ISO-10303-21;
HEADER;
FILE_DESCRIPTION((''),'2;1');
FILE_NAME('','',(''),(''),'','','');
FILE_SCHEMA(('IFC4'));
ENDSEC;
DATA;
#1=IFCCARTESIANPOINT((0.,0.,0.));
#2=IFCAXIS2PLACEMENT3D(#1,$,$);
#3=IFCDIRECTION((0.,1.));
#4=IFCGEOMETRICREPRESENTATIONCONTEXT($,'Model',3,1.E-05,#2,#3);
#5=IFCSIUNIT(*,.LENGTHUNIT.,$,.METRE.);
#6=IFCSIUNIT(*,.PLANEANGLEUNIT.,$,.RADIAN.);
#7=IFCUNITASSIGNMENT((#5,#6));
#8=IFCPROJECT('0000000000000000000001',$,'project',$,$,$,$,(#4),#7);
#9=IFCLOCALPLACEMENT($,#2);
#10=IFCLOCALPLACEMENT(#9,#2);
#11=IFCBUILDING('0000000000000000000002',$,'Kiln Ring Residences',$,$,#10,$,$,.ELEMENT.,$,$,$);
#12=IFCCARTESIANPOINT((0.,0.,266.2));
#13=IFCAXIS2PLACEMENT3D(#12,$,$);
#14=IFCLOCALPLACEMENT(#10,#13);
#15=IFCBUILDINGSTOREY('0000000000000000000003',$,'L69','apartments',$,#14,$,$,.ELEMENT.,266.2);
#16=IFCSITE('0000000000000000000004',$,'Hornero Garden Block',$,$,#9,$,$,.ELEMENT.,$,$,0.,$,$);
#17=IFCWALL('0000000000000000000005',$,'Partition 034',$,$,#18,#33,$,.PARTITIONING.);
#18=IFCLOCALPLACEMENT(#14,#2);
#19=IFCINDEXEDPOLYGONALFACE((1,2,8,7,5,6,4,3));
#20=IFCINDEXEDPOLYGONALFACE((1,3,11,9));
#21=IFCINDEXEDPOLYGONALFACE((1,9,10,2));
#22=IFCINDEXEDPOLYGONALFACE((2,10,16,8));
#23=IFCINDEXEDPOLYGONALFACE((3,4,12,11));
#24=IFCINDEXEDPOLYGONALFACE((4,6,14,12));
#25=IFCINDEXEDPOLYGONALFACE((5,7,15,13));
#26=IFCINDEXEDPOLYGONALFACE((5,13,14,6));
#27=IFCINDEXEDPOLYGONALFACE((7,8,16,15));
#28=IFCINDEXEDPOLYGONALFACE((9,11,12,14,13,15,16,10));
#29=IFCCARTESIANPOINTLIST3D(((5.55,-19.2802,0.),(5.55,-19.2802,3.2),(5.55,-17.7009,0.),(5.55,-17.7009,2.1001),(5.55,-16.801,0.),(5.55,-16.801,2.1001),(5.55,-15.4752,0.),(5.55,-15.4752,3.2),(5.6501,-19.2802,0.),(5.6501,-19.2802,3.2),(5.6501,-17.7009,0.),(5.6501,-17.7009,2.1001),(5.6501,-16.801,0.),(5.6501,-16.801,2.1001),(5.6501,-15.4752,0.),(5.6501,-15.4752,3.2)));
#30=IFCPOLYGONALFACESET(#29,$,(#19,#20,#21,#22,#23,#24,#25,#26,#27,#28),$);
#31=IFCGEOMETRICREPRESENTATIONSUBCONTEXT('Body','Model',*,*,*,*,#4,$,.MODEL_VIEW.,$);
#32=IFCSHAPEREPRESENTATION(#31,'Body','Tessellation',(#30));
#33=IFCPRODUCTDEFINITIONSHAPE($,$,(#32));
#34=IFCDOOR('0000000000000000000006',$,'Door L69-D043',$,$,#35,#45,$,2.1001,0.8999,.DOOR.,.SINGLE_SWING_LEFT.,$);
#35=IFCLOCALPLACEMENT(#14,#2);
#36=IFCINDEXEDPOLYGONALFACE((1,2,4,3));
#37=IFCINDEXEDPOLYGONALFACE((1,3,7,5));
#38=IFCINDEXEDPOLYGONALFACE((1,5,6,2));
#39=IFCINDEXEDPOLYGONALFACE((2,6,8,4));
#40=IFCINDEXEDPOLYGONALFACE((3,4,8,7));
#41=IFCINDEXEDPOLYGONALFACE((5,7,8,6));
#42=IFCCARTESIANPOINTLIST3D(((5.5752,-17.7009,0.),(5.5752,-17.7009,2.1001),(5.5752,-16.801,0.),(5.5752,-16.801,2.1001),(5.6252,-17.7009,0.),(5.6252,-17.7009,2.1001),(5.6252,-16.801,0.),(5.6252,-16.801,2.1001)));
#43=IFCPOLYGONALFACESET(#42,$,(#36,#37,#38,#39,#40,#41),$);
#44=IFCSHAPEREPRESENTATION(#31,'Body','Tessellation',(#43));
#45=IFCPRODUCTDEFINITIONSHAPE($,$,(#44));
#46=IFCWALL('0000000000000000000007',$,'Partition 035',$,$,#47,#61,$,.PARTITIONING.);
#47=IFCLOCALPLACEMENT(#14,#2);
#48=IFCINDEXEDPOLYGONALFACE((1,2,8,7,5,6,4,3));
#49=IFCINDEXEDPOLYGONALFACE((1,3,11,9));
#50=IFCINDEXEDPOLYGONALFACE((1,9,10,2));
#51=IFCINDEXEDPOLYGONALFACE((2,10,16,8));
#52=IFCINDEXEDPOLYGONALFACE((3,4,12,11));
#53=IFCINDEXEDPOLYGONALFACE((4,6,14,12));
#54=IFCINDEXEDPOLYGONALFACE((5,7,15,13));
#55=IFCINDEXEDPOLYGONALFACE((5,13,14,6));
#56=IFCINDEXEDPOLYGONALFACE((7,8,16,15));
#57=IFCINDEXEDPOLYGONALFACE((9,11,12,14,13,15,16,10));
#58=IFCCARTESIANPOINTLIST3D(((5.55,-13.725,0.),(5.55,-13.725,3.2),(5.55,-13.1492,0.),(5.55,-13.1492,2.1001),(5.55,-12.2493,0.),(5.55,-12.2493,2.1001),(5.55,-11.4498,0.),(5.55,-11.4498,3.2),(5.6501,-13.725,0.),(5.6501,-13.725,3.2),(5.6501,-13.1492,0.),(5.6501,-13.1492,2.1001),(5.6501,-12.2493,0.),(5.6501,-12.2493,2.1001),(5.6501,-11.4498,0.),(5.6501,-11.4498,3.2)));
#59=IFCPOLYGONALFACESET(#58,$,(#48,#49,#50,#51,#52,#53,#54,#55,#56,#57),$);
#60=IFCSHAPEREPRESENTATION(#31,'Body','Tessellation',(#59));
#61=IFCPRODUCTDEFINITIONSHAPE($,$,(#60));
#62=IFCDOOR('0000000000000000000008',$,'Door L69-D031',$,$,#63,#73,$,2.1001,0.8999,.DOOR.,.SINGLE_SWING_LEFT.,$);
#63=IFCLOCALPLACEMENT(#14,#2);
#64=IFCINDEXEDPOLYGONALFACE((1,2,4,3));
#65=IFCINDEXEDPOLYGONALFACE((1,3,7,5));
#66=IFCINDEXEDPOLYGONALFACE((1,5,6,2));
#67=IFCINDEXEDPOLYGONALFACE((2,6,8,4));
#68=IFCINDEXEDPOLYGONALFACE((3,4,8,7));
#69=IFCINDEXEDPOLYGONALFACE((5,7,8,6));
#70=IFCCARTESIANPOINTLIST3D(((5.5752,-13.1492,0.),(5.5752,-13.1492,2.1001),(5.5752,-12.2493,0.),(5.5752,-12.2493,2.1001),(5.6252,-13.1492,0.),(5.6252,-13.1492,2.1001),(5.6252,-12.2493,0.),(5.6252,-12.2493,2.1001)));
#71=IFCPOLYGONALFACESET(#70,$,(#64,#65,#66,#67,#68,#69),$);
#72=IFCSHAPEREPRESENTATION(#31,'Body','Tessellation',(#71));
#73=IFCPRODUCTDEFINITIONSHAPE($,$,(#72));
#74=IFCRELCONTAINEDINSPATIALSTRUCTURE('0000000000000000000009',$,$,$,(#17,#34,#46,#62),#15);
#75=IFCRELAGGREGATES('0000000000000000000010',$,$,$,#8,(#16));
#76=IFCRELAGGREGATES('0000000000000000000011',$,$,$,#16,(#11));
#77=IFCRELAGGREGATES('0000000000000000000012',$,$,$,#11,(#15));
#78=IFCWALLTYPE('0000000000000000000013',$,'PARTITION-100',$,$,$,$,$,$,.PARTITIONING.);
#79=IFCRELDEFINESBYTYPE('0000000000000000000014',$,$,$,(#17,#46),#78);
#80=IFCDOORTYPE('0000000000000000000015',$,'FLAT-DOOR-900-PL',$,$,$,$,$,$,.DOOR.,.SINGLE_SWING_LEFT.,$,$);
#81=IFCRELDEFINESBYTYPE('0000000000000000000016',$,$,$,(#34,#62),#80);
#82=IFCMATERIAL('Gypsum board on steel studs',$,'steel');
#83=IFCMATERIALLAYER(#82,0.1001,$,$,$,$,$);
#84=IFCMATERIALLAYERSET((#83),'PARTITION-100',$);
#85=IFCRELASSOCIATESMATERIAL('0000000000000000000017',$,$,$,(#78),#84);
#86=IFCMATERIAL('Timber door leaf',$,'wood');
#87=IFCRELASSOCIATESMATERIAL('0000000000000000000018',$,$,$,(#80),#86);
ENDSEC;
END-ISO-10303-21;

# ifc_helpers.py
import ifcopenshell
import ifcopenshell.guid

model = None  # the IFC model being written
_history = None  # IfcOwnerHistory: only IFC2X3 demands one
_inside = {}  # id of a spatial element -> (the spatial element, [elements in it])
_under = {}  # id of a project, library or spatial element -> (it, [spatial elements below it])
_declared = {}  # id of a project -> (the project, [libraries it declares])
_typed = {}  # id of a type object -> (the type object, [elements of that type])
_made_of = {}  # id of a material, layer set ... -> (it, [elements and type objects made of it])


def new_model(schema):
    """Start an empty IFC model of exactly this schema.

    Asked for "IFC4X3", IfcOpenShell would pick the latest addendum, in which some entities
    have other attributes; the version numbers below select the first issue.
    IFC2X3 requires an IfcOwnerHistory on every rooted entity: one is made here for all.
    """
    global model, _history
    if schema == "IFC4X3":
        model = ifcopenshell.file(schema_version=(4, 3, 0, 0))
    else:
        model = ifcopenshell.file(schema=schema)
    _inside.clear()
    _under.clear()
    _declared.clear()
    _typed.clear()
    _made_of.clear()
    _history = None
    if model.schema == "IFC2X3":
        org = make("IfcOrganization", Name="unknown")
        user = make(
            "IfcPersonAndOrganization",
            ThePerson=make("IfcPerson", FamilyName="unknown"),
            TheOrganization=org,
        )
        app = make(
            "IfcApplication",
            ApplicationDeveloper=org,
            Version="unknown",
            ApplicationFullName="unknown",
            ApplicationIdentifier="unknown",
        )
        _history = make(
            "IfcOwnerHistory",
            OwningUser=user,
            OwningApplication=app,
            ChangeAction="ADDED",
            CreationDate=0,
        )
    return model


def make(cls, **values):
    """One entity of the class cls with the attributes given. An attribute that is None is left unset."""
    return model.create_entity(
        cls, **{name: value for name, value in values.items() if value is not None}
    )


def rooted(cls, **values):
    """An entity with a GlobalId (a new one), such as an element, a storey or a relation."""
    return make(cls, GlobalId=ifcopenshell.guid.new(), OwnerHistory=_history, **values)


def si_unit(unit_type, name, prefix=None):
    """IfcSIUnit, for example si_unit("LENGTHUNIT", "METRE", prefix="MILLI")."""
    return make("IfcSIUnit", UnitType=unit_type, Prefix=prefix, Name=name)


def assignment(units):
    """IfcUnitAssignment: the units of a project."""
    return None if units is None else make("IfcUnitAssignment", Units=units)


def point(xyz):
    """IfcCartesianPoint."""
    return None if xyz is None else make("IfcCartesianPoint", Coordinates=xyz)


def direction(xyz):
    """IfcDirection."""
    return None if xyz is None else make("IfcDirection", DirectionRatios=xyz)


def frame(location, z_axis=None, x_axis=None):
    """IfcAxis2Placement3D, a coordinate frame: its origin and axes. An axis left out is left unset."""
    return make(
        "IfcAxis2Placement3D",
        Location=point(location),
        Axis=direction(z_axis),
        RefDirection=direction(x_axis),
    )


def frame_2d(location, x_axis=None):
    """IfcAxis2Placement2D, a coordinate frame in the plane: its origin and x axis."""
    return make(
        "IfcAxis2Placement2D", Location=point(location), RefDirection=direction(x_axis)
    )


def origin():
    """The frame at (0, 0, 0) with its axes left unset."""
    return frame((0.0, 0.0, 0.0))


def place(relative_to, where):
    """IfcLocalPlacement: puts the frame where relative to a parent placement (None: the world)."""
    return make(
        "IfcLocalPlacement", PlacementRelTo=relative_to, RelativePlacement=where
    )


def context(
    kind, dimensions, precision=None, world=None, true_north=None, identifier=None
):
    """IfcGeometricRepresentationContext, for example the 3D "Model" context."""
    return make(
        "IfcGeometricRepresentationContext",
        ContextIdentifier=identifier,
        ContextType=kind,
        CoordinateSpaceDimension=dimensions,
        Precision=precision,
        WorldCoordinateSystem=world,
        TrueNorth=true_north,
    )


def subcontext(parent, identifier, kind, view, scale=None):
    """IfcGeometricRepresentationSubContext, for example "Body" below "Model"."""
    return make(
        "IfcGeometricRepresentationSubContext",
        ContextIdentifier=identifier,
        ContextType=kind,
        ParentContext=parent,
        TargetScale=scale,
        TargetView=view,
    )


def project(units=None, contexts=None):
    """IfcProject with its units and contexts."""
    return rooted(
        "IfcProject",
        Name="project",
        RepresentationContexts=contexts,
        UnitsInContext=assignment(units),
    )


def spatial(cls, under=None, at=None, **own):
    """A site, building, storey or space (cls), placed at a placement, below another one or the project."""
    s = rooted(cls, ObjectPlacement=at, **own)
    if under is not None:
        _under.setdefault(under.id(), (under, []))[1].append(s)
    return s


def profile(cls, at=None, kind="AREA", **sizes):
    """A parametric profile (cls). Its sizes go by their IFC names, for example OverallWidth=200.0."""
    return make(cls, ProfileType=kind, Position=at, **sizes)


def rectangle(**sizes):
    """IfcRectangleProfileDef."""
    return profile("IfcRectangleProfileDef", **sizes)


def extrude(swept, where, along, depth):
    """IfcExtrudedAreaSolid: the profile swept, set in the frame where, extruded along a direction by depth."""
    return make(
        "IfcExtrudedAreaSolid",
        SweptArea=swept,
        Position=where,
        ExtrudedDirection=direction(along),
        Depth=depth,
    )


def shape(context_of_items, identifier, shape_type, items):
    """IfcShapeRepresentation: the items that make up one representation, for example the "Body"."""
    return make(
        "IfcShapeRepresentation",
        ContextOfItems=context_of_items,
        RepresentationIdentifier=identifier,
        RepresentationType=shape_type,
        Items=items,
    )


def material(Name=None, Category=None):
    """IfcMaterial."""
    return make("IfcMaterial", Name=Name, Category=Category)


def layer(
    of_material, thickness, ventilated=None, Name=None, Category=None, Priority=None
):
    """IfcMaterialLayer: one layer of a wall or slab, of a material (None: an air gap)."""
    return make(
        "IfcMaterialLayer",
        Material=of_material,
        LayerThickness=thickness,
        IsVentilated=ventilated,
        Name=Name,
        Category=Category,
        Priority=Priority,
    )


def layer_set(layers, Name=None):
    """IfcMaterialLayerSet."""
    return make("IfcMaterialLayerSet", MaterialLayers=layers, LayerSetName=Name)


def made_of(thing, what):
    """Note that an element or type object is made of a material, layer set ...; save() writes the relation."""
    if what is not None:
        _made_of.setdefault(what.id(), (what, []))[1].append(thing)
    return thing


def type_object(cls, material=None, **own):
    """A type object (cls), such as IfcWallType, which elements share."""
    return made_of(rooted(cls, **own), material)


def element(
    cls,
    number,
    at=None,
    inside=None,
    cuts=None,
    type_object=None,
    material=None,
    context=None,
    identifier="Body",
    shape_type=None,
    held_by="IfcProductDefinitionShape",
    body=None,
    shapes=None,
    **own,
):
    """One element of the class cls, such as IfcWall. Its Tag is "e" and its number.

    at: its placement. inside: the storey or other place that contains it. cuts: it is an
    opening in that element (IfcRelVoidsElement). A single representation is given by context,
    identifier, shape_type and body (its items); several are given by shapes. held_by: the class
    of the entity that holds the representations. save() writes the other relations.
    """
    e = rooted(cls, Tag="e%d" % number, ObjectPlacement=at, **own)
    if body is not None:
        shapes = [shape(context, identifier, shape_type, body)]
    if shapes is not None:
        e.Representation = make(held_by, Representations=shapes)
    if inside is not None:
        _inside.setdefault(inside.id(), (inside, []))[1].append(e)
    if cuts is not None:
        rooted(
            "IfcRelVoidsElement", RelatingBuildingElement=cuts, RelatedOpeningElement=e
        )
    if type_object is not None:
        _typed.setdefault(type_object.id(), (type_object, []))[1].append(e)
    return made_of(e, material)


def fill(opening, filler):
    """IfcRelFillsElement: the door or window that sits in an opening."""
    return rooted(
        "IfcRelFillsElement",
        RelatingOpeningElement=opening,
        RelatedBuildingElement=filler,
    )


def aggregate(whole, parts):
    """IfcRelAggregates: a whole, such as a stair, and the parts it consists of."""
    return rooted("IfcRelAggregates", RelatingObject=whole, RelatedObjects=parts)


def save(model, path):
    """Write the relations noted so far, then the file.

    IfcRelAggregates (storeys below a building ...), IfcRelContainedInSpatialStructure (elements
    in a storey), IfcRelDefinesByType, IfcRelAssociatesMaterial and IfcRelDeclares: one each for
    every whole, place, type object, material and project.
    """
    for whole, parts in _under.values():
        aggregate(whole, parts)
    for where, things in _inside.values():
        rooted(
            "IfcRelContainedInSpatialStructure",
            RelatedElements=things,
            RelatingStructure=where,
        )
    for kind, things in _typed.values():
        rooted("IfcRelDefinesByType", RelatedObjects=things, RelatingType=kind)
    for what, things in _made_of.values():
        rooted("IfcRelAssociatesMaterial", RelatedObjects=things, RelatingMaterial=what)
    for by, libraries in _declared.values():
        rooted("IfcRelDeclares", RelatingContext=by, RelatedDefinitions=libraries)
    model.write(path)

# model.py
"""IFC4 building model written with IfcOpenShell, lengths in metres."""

from ifc_helpers import new_model, si_unit, direction, frame, frame_2d, origin, place, context, subcontext, project, spatial, rectangle, extrude, material, layer, layer_set, type_object, element, fill, save


model = new_model("IFC4")

# Units and contexts
model_context = context("Model", 3, precision=1e-05, world=origin(), true_north=direction((0.0, 1.0)))
body_context = subcontext(model_context, "Body", "Model", "MODEL_VIEW")
ifc_project = project(units=[si_unit("LENGTHUNIT", "METRE"), si_unit("PLANEANGLEUNIT", "RADIAN")], contexts=[model_context])

# Site, building, storey
site_placement = place(None, origin())
site = spatial("IfcSite", under=ifc_project, at=site_placement, Name="Hornero Garden Block", CompositionType="ELEMENT", RefElevation=0.0)
building_placement = place(site_placement, origin())
building = spatial("IfcBuilding", under=site, at=building_placement, Name="Kiln Ring Residences", CompositionType="ELEMENT")
storey_placement = place(building_placement, frame((0.0, 0.0, 266.2)))
storey = spatial("IfcBuildingStorey", under=building, at=storey_placement, Name="L69", Description="apartments", CompositionType="ELEMENT", Elevation=266.2)

# Walls, openings, doors
ifc_material_1 = material(Name="Gypsum board on steel studs", Category="steel")
ifc_layer_1 = layer(ifc_material_1, 0.1001)
ifc_layer_set_1 = layer_set([ifc_layer_1], Name="PARTITION-100")
wall_type_1 = type_object("IfcWallType", Name="PARTITION-100", PredefinedType="PARTITIONING", material=ifc_layer_set_1)
wall_1_placement = place(storey_placement, frame((5.6001, -19.28, 0.0), z_axis=(0.0, 0.0, 1.0), x_axis=(0.0, 1.0, 0.0)))
wall_1 = element("IfcWall", 1, at=wall_1_placement, inside=storey, type_object=wall_type_1, Name="Partition 034", PredefinedType="PARTITIONING", context=body_context, shape_type="SweptSolid", body=[
    extrude(rectangle(XDim=3.8049, YDim=0.1001, at=frame_2d((1.9023, 0.0))), origin(), (0.0, 0.0, 1.0), 3.2),
])
opening_1_placement = place(wall_1_placement, frame((1.5791, 0.0, 0.0)))
opening_1 = element("IfcOpeningElement", 2, at=opening_1_placement, cuts=wall_1, PredefinedType="OPENING", context=body_context, shape_type="SweptSolid", body=[
    extrude(rectangle(XDim=0.8999, YDim=2.1001, at=frame_2d((0.45, 1.05))), frame((0.0, 0.0601, 0.0), z_axis=(0.0, -1.0, 0.0), x_axis=(1.0, 0.0, 0.0)), (0.0, 0.0, 1.0), 0.1201),
])
ifc_material_2 = material(Name="Timber door leaf", Category="wood")
door_type = type_object("IfcDoorType", Name="FLAT-DOOR-900-PL", OperationType="SINGLE_SWING_LEFT", PredefinedType="DOOR", material=ifc_material_2)
door_1_placement = place(opening_1_placement, origin())
door_1 = element("IfcDoor", 3, at=door_1_placement, inside=storey, type_object=door_type, Name="Door L69-D043", OperationType="SINGLE_SWING_LEFT", OverallHeight=2.1001, OverallWidth=0.8999, PredefinedType="DOOR", context=body_context, shape_type="SweptSolid", body=[
    extrude(rectangle(XDim=0.8999, YDim=2.1001, at=frame_2d((0.45, 1.05))), frame((0.0, 0.0249, 0.0), z_axis=(0.0, -1.0, 0.0), x_axis=(1.0, 0.0, 0.0)), (0.0, 0.0, 1.0), 0.05),
])
fill(opening_1, door_1)
wall_2_placement = place(storey_placement, frame((5.6001, -13.7251, 0.0), z_axis=(0.0, 0.0, 1.0), x_axis=(0.0, 1.0, 0.0)))
wall_2 = element("IfcWall", 4, at=wall_2_placement, inside=storey, type_object=wall_type_1, Name="Partition 035", PredefinedType="PARTITIONING", context=body_context, shape_type="SweptSolid", body=[
    extrude(rectangle(XDim=2.2751, YDim=0.1001, at=frame_2d((1.1377, 0.0))), origin(), (0.0, 0.0, 1.0), 3.2),
])
opening_2_placement = place(wall_2_placement, frame((0.5759, 0.0, 0.0)))
opening_2 = element("IfcOpeningElement", 5, at=opening_2_placement, cuts=wall_2, PredefinedType="OPENING", context=body_context, shape_type="SweptSolid", body=[
    extrude(rectangle(XDim=0.8999, YDim=2.1001, at=frame_2d((0.45, 1.05))), frame((0.0, 0.0601, 0.0), z_axis=(0.0, -1.0, 0.0), x_axis=(1.0, 0.0, 0.0)), (0.0, 0.0, 1.0), 0.1201),
])
door_2_placement = place(opening_2_placement, origin())
door_2 = element("IfcDoor", 6, at=door_2_placement, inside=storey, type_object=door_type, Name="Door L69-D031", OperationType="SINGLE_SWING_LEFT", OverallHeight=2.1001, OverallWidth=0.8999, PredefinedType="DOOR", context=body_context, shape_type="SweptSolid", body=[
    extrude(rectangle(XDim=0.8999, YDim=2.1001, at=frame_2d((0.45, 1.05))), frame((0.0, 0.0249, 0.0), z_axis=(0.0, -1.0, 0.0), x_axis=(1.0, 0.0, 0.0)), (0.0, 0.0, 1.0), 0.05),
])
fill(opening_2, door_2)

save(model, "model.ifc")
